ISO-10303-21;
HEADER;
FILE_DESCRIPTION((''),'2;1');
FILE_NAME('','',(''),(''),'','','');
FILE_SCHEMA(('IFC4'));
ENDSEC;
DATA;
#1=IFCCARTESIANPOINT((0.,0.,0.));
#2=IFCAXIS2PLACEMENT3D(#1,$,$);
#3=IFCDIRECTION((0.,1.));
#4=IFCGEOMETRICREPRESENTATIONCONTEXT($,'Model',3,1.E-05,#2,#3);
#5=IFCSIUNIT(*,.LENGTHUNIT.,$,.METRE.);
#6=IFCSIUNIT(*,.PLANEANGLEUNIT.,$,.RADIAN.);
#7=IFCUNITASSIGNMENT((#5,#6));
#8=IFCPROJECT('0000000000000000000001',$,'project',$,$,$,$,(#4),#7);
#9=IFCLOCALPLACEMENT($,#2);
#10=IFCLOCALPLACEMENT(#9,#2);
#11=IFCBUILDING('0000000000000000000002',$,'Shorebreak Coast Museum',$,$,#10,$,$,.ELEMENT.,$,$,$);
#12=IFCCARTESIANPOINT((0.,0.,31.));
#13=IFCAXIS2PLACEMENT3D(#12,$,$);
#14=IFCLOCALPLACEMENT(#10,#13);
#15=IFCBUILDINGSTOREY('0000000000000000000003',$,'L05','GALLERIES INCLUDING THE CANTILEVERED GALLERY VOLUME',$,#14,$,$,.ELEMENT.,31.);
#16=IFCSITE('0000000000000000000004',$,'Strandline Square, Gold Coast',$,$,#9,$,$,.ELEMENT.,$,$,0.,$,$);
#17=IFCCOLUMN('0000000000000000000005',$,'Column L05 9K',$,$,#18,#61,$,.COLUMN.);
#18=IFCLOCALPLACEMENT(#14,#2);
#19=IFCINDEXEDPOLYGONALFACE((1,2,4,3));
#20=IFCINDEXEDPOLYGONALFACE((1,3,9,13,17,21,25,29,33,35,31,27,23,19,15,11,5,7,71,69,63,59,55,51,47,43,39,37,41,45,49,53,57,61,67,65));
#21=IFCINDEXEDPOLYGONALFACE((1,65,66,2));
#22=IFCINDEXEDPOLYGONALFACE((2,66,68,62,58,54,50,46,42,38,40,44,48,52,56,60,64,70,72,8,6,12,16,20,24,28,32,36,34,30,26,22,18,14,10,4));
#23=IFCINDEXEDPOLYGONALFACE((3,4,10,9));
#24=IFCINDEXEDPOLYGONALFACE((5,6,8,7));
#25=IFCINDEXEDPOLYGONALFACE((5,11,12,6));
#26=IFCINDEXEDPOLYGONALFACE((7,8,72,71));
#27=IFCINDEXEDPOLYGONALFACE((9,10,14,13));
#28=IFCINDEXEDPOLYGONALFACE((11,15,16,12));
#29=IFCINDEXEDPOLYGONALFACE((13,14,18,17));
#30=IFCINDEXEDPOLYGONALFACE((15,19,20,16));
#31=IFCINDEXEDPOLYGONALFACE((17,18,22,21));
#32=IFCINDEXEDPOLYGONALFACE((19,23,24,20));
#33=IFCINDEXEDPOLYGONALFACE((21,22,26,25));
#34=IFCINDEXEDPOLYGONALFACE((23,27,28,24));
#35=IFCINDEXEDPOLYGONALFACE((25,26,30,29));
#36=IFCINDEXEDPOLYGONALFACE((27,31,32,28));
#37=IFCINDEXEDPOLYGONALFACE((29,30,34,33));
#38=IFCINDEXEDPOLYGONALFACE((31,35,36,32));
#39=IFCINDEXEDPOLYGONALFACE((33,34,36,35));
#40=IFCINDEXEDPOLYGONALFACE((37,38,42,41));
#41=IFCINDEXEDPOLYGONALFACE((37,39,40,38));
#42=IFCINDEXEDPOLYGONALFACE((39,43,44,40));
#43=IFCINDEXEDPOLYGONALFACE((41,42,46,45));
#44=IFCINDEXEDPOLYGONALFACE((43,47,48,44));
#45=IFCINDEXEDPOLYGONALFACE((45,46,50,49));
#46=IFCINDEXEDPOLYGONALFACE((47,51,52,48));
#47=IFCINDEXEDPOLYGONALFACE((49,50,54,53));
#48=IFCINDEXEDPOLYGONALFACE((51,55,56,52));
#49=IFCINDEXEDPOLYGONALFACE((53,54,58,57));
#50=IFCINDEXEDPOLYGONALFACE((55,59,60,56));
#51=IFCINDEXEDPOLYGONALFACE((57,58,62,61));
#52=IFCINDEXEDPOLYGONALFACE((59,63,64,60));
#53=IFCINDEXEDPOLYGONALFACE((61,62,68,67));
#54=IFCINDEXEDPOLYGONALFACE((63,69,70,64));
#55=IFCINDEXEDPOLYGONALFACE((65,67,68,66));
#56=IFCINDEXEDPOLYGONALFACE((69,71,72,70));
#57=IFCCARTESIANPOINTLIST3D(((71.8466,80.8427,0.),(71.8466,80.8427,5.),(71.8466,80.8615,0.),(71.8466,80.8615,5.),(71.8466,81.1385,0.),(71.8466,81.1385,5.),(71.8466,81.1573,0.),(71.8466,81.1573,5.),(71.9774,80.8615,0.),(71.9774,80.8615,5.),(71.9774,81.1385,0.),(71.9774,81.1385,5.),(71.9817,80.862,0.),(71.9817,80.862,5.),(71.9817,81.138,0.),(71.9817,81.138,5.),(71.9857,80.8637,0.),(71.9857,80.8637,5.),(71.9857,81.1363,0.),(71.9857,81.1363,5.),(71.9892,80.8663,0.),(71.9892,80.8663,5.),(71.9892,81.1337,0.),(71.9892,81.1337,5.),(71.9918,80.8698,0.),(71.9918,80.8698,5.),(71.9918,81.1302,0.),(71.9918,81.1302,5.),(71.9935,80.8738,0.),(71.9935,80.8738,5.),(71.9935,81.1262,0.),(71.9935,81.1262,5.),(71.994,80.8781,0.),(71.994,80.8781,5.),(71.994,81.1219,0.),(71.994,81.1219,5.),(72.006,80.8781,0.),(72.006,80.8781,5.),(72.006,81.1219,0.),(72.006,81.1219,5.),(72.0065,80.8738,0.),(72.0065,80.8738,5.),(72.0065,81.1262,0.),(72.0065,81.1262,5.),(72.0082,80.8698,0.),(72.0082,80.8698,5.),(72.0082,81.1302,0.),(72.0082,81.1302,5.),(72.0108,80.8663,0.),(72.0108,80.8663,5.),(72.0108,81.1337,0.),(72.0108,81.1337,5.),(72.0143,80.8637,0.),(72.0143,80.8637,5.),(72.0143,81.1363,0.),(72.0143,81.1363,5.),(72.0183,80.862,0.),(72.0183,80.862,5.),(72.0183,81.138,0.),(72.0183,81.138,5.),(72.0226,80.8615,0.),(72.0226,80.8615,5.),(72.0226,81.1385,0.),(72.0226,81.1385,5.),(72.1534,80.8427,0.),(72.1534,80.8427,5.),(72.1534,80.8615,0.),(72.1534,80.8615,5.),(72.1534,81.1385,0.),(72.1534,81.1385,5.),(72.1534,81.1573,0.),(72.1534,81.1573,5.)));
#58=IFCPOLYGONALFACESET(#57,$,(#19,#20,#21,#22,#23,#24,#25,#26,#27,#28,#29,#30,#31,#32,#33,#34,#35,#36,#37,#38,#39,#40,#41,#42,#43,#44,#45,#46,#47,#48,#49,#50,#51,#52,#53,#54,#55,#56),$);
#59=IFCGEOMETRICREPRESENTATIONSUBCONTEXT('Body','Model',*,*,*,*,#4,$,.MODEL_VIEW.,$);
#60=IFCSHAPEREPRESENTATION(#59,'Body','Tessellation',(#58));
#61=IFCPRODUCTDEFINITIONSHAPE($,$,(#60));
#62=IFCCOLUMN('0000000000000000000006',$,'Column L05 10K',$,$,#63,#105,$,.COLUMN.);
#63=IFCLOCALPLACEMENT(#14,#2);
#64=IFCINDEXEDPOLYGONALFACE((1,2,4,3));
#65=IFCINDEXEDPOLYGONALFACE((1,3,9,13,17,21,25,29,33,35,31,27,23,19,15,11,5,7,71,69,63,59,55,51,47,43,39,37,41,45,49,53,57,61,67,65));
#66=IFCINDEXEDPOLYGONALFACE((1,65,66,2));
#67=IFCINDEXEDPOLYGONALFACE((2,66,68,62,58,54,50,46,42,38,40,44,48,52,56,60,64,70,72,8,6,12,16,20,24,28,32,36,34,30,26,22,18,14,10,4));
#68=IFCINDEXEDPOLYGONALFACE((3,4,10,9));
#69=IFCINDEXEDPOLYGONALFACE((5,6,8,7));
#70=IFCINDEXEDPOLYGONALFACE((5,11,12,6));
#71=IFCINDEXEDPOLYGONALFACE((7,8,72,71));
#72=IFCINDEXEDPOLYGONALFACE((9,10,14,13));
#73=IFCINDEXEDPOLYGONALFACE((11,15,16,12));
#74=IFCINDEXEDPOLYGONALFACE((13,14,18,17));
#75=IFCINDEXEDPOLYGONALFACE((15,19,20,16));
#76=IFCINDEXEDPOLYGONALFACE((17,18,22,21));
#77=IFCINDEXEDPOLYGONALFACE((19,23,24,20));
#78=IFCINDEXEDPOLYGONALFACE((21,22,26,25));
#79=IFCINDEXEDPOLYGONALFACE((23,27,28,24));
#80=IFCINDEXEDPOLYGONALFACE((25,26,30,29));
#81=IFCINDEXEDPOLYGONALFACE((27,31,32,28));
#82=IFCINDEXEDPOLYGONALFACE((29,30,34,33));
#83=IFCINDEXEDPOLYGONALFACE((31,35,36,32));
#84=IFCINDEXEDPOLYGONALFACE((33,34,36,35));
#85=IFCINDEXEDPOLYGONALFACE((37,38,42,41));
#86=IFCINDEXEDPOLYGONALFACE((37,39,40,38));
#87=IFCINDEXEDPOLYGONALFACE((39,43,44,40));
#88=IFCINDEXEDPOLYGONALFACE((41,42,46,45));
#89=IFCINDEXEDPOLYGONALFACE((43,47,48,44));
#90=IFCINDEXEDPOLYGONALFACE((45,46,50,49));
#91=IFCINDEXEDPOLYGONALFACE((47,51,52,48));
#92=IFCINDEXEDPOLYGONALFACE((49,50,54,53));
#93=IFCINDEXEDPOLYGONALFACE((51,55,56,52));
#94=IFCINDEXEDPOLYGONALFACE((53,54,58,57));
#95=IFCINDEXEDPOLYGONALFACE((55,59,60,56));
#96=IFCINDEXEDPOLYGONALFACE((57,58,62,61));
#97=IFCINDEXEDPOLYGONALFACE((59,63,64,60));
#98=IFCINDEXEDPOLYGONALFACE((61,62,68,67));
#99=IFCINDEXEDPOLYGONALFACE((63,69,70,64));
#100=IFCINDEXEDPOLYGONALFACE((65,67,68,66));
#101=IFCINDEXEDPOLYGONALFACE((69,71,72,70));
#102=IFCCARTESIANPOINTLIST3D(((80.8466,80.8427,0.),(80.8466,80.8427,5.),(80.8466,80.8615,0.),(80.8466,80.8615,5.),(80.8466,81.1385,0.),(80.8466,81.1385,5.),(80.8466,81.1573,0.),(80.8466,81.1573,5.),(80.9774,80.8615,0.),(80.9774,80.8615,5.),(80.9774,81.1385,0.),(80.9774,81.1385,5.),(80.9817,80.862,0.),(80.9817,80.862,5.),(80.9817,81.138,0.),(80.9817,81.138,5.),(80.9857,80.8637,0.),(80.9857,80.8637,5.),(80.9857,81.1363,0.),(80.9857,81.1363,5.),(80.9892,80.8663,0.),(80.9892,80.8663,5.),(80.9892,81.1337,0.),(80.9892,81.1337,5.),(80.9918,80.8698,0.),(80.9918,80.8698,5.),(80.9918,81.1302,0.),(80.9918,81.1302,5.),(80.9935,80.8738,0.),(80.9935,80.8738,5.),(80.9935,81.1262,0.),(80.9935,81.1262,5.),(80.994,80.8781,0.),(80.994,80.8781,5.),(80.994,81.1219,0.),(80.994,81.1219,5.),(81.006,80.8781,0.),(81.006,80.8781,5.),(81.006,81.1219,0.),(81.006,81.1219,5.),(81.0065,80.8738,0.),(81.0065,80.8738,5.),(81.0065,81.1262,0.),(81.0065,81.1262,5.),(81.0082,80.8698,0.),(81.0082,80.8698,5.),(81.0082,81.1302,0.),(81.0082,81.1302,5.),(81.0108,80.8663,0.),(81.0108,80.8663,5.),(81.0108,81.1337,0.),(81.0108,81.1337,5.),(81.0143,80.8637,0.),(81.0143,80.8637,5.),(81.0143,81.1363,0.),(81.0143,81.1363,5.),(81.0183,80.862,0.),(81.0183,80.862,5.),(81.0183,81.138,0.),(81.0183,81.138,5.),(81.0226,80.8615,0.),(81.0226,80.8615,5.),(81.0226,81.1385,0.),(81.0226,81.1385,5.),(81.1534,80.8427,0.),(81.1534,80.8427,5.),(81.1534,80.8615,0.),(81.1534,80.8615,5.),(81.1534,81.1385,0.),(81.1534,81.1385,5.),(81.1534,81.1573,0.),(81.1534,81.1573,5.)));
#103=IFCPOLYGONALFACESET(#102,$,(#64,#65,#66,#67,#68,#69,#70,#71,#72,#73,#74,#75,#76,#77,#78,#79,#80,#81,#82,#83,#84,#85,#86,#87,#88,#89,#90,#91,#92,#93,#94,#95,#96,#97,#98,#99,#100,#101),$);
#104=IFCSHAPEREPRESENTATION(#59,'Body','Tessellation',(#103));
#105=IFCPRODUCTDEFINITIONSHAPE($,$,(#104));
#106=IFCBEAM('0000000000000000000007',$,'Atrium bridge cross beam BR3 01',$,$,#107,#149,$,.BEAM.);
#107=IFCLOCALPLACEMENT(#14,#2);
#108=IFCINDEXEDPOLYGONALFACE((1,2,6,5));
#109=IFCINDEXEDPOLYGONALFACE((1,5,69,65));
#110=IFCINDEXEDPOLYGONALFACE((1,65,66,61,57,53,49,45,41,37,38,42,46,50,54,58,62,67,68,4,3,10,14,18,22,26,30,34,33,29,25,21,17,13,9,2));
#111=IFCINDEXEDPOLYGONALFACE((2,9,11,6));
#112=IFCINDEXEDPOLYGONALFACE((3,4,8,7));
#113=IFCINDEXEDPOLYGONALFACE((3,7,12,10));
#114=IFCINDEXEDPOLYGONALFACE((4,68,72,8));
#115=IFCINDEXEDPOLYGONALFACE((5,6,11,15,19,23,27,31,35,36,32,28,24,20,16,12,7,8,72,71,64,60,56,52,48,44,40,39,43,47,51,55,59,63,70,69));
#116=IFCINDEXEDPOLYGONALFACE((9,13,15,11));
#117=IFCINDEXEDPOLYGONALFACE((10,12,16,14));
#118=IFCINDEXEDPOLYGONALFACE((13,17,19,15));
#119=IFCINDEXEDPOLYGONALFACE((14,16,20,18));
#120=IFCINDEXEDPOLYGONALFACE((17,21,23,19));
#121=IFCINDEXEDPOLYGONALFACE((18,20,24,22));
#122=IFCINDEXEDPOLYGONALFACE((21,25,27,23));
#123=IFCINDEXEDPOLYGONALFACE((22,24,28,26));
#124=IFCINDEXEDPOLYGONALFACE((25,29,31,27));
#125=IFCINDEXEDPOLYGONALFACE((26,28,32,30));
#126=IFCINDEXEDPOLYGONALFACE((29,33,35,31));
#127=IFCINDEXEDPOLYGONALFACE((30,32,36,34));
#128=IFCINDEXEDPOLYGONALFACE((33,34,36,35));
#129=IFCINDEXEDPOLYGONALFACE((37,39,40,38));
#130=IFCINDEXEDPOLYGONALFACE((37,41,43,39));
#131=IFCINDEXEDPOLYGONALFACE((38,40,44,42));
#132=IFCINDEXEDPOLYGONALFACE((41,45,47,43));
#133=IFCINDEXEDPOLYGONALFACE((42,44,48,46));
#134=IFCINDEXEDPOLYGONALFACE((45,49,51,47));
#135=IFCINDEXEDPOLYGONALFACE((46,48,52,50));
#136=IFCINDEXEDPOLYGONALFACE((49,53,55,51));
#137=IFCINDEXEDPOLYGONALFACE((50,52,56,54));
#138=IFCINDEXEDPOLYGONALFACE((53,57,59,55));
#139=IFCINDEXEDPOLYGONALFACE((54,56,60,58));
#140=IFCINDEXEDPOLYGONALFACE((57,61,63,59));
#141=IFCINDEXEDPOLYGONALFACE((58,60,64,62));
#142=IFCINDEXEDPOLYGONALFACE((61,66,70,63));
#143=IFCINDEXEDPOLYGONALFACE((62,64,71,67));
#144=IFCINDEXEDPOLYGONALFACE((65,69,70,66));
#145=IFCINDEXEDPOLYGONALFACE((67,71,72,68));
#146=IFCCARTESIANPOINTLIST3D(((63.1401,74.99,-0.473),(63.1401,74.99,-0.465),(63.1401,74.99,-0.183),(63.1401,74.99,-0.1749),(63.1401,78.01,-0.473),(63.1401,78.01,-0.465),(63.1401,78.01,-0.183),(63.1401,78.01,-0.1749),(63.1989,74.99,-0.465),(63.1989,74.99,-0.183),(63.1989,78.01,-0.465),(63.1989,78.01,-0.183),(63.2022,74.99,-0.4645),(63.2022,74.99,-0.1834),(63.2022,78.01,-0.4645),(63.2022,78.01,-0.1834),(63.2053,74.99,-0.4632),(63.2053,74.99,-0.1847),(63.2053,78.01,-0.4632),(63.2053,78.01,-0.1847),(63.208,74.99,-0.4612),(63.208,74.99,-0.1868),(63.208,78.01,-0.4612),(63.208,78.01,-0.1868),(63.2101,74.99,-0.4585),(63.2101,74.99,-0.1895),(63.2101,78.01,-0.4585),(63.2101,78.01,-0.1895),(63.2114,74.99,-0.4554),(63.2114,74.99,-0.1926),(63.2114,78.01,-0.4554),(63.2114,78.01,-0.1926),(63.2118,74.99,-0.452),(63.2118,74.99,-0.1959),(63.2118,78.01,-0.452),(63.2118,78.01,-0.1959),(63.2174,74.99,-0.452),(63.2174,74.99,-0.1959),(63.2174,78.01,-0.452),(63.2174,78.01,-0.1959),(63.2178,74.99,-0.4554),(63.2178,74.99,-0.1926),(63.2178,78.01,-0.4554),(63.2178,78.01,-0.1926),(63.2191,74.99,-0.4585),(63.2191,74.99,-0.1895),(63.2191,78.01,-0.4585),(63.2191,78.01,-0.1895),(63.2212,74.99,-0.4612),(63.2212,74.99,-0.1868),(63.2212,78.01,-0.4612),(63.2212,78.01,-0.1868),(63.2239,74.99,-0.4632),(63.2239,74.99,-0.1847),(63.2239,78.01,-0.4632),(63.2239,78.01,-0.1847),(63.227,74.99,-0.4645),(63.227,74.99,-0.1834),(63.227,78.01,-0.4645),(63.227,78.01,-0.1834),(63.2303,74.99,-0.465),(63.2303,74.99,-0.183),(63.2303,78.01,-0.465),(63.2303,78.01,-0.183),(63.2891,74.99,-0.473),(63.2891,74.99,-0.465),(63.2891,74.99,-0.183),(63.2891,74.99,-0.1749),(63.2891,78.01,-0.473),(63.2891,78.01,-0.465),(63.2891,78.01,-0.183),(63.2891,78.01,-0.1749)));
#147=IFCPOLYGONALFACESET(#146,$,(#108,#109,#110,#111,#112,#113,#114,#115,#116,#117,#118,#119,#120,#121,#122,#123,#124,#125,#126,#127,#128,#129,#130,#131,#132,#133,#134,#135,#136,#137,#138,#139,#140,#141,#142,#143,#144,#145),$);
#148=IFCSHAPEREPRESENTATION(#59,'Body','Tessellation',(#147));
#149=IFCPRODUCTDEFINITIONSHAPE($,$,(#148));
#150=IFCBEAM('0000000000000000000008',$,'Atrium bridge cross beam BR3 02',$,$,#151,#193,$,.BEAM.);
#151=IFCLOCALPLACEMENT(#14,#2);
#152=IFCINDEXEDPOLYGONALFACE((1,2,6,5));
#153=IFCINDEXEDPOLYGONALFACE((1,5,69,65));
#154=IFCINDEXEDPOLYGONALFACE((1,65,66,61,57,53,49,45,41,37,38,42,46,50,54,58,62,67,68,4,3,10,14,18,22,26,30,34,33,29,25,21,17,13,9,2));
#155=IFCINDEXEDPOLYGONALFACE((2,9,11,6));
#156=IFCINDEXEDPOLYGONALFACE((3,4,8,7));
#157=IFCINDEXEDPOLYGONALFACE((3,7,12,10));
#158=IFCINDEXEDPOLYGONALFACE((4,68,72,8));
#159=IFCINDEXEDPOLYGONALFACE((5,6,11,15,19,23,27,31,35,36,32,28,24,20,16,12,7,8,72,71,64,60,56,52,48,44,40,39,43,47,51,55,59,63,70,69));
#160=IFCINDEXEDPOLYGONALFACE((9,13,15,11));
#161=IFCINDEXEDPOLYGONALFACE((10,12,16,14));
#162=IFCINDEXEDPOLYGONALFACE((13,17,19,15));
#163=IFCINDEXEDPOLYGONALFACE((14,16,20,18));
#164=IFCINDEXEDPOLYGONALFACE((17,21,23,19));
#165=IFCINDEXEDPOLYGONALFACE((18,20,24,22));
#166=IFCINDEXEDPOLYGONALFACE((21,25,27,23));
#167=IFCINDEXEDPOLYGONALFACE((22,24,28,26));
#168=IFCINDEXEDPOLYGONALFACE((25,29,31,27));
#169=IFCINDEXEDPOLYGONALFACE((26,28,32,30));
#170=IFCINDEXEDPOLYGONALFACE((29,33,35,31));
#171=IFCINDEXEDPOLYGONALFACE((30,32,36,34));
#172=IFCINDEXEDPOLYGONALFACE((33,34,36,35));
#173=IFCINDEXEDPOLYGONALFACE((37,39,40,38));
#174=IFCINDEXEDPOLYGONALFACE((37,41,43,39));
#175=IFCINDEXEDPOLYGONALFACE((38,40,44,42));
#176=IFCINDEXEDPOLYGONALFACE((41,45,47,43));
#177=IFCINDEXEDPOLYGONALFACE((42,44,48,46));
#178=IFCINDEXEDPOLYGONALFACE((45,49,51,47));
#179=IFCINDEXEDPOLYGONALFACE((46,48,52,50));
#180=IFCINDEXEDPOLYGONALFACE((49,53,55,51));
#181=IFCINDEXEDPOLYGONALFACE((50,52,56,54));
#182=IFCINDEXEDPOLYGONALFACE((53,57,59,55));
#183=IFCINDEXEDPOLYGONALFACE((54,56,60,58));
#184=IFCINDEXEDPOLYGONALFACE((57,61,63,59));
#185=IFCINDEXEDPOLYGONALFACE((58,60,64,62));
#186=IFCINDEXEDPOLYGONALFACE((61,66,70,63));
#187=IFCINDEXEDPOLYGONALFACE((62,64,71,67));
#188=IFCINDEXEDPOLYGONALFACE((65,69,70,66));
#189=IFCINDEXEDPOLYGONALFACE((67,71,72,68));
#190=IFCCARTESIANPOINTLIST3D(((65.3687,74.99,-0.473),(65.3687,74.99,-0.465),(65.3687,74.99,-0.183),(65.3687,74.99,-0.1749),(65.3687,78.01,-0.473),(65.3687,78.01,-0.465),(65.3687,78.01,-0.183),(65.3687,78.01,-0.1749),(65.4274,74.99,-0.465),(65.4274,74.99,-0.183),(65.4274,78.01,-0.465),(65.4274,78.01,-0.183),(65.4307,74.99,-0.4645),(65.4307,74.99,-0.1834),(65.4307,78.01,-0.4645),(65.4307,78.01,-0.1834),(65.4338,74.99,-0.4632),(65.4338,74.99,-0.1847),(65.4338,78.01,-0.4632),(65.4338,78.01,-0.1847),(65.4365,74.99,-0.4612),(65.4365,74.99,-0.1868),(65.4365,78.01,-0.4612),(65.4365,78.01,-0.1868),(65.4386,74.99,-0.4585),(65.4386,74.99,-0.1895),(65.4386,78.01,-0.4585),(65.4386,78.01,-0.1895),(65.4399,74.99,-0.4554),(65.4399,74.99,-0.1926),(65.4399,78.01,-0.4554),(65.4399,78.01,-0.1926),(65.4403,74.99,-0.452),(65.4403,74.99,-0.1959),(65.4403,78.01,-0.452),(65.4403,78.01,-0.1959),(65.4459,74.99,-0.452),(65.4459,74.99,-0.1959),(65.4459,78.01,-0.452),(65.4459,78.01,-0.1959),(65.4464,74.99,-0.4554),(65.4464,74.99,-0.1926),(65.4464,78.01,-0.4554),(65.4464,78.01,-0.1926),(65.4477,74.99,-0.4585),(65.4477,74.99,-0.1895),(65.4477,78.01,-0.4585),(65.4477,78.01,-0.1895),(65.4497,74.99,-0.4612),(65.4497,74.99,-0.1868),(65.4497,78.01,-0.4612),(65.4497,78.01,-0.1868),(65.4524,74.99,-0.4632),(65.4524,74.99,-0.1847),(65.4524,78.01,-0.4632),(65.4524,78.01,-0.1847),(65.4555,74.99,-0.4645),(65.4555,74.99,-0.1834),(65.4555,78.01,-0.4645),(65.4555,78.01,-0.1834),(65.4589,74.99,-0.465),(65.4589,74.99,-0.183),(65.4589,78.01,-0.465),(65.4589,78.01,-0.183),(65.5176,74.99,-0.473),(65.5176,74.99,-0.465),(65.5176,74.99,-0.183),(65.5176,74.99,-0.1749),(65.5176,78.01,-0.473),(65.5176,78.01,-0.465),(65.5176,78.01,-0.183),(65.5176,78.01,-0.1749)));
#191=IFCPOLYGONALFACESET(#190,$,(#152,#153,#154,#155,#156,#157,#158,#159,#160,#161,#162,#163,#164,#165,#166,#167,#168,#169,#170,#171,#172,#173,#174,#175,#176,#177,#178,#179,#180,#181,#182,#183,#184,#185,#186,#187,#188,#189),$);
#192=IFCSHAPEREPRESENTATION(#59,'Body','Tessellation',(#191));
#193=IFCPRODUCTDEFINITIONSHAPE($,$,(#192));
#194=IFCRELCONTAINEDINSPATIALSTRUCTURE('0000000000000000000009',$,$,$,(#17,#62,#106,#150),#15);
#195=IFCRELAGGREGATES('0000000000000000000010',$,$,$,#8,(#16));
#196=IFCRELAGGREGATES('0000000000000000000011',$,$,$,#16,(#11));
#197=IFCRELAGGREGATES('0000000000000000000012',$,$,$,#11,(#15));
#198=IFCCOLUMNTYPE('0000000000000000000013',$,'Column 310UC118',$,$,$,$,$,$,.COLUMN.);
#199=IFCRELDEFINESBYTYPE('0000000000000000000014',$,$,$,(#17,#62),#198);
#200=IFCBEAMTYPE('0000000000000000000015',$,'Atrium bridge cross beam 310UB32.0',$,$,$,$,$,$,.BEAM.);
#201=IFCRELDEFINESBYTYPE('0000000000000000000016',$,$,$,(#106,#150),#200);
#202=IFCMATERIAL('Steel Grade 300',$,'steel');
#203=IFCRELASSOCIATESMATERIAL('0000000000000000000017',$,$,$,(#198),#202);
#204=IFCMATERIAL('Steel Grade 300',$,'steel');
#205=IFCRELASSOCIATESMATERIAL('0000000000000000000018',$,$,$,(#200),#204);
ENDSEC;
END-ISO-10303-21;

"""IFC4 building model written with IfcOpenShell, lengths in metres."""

from ifc_helpers import new_model, si_unit, direction, frame, origin, origin_2d, place, context, subcontext, project, spatial, i_section, extrude, material, material_profile, profile_set, type_object, element, save


model = new_model("IFC4")

# Units and contexts
model_context = context("Model", 3, precision=1e-05, world=origin(), true_north=direction((0.0, 1.0)))
body_context = subcontext(model_context, "Body", "Model", "MODEL_VIEW")
ifc_project = project(units=[si_unit("LENGTHUNIT", "METRE"), si_unit("PLANEANGLEUNIT", "RADIAN")], contexts=[model_context])

# Site, building, storey
site_placement = place(None, origin())
site = spatial("IfcSite", under=ifc_project, at=site_placement, Name="Strandline Square, Gold Coast", CompositionType="ELEMENT", RefElevation=0.0)
building_placement = place(site_placement, origin())
building = spatial("IfcBuilding", under=site, at=building_placement, Name="Shorebreak Coast Museum", CompositionType="ELEMENT")
storey_placement = place(building_placement, frame((0.0, 0.0, 31.0)))
storey = spatial("IfcBuildingStorey", under=building, at=storey_placement, Name="L05", Description="GALLERIES INCLUDING THE CANTILEVERED GALLERY VOLUME", CompositionType="ELEMENT", Elevation=31.0)

# Columns
ifc_material_1 = material(Name="Steel Grade 300", Category="steel")
ifc_material_profile_1 = material_profile(ifc_material_1, i_section(OverallWidth=0.3069, OverallDepth=0.3147, WebThickness=0.012, FlangeThickness=0.0188, FilletRadius=0.0166, at=origin_2d()), Name="310UC118")
ifc_profile_set_1 = profile_set([ifc_material_profile_1], Name="Steel Grade 300")
column_type = type_object("IfcColumnType", Name="Column 310UC118", PredefinedType="COLUMN", material=ifc_profile_set_1)
for number, where, z_axis, x_axis, name in (
    (1, (72.0, 81.0, 0.0), (0.0, 0.0, 1.0), (1.0, 0.0, 0.0), "Column L05 9K"),
    (2, (81.0, 81.0, 0.0), (0.0, 0.0, 1.0), (1.0, 0.0, 0.0), "Column L05 10K"),
):
    element("IfcColumn", number, at=place(storey_placement, frame(where, z_axis=z_axis, x_axis=x_axis)), inside=storey, type_object=column_type, Name=name, PredefinedType="COLUMN", context=body_context, shape_type="SweptSolid", body=[
        extrude(i_section(OverallWidth=0.3069, OverallDepth=0.3147, WebThickness=0.012, FlangeThickness=0.0188, FilletRadius=0.0166, at=origin_2d()), origin(), (0.0, 0.0, 1.0), 5.0),
    ])

# Beams
ifc_material_2 = material(Name="Steel Grade 300", Category="steel")
ifc_material_profile_2 = material_profile(ifc_material_2, i_section(OverallWidth=0.1489, OverallDepth=0.2981, WebThickness=0.0056, FlangeThickness=0.0081, FilletRadius=0.0129, at=origin_2d()), Name="310UB32.0")
ifc_profile_set_2 = profile_set([ifc_material_profile_2], Name="Steel Grade 300")
beam_type_1 = type_object("IfcBeamType", Name="Atrium bridge cross beam 310UB32.0", PredefinedType="BEAM", material=ifc_profile_set_2)
for number, where, z_axis, x_axis, name in (
    (3, (63.2146, 74.99, -0.324), (0.0, 1.0, 0.0), (-1.0, 0.0, 0.0), "Atrium bridge cross beam BR3 01"),
    (4, (65.4431, 74.99, -0.324), (0.0, 1.0, 0.0), (-1.0, 0.0, 0.0), "Atrium bridge cross beam BR3 02"),
):
    element("IfcBeam", number, at=place(storey_placement, frame(where, z_axis=z_axis, x_axis=x_axis)), inside=storey, type_object=beam_type_1, Name=name, PredefinedType="BEAM", context=body_context, shape_type="SweptSolid", body=[
        extrude(i_section(OverallWidth=0.1489, OverallDepth=0.2981, WebThickness=0.0056, FlangeThickness=0.0081, FilletRadius=0.0129, at=origin_2d()), origin(), (0.0, 0.0, 1.0), 3.02),
    ])

save(model, "model.ifc")
